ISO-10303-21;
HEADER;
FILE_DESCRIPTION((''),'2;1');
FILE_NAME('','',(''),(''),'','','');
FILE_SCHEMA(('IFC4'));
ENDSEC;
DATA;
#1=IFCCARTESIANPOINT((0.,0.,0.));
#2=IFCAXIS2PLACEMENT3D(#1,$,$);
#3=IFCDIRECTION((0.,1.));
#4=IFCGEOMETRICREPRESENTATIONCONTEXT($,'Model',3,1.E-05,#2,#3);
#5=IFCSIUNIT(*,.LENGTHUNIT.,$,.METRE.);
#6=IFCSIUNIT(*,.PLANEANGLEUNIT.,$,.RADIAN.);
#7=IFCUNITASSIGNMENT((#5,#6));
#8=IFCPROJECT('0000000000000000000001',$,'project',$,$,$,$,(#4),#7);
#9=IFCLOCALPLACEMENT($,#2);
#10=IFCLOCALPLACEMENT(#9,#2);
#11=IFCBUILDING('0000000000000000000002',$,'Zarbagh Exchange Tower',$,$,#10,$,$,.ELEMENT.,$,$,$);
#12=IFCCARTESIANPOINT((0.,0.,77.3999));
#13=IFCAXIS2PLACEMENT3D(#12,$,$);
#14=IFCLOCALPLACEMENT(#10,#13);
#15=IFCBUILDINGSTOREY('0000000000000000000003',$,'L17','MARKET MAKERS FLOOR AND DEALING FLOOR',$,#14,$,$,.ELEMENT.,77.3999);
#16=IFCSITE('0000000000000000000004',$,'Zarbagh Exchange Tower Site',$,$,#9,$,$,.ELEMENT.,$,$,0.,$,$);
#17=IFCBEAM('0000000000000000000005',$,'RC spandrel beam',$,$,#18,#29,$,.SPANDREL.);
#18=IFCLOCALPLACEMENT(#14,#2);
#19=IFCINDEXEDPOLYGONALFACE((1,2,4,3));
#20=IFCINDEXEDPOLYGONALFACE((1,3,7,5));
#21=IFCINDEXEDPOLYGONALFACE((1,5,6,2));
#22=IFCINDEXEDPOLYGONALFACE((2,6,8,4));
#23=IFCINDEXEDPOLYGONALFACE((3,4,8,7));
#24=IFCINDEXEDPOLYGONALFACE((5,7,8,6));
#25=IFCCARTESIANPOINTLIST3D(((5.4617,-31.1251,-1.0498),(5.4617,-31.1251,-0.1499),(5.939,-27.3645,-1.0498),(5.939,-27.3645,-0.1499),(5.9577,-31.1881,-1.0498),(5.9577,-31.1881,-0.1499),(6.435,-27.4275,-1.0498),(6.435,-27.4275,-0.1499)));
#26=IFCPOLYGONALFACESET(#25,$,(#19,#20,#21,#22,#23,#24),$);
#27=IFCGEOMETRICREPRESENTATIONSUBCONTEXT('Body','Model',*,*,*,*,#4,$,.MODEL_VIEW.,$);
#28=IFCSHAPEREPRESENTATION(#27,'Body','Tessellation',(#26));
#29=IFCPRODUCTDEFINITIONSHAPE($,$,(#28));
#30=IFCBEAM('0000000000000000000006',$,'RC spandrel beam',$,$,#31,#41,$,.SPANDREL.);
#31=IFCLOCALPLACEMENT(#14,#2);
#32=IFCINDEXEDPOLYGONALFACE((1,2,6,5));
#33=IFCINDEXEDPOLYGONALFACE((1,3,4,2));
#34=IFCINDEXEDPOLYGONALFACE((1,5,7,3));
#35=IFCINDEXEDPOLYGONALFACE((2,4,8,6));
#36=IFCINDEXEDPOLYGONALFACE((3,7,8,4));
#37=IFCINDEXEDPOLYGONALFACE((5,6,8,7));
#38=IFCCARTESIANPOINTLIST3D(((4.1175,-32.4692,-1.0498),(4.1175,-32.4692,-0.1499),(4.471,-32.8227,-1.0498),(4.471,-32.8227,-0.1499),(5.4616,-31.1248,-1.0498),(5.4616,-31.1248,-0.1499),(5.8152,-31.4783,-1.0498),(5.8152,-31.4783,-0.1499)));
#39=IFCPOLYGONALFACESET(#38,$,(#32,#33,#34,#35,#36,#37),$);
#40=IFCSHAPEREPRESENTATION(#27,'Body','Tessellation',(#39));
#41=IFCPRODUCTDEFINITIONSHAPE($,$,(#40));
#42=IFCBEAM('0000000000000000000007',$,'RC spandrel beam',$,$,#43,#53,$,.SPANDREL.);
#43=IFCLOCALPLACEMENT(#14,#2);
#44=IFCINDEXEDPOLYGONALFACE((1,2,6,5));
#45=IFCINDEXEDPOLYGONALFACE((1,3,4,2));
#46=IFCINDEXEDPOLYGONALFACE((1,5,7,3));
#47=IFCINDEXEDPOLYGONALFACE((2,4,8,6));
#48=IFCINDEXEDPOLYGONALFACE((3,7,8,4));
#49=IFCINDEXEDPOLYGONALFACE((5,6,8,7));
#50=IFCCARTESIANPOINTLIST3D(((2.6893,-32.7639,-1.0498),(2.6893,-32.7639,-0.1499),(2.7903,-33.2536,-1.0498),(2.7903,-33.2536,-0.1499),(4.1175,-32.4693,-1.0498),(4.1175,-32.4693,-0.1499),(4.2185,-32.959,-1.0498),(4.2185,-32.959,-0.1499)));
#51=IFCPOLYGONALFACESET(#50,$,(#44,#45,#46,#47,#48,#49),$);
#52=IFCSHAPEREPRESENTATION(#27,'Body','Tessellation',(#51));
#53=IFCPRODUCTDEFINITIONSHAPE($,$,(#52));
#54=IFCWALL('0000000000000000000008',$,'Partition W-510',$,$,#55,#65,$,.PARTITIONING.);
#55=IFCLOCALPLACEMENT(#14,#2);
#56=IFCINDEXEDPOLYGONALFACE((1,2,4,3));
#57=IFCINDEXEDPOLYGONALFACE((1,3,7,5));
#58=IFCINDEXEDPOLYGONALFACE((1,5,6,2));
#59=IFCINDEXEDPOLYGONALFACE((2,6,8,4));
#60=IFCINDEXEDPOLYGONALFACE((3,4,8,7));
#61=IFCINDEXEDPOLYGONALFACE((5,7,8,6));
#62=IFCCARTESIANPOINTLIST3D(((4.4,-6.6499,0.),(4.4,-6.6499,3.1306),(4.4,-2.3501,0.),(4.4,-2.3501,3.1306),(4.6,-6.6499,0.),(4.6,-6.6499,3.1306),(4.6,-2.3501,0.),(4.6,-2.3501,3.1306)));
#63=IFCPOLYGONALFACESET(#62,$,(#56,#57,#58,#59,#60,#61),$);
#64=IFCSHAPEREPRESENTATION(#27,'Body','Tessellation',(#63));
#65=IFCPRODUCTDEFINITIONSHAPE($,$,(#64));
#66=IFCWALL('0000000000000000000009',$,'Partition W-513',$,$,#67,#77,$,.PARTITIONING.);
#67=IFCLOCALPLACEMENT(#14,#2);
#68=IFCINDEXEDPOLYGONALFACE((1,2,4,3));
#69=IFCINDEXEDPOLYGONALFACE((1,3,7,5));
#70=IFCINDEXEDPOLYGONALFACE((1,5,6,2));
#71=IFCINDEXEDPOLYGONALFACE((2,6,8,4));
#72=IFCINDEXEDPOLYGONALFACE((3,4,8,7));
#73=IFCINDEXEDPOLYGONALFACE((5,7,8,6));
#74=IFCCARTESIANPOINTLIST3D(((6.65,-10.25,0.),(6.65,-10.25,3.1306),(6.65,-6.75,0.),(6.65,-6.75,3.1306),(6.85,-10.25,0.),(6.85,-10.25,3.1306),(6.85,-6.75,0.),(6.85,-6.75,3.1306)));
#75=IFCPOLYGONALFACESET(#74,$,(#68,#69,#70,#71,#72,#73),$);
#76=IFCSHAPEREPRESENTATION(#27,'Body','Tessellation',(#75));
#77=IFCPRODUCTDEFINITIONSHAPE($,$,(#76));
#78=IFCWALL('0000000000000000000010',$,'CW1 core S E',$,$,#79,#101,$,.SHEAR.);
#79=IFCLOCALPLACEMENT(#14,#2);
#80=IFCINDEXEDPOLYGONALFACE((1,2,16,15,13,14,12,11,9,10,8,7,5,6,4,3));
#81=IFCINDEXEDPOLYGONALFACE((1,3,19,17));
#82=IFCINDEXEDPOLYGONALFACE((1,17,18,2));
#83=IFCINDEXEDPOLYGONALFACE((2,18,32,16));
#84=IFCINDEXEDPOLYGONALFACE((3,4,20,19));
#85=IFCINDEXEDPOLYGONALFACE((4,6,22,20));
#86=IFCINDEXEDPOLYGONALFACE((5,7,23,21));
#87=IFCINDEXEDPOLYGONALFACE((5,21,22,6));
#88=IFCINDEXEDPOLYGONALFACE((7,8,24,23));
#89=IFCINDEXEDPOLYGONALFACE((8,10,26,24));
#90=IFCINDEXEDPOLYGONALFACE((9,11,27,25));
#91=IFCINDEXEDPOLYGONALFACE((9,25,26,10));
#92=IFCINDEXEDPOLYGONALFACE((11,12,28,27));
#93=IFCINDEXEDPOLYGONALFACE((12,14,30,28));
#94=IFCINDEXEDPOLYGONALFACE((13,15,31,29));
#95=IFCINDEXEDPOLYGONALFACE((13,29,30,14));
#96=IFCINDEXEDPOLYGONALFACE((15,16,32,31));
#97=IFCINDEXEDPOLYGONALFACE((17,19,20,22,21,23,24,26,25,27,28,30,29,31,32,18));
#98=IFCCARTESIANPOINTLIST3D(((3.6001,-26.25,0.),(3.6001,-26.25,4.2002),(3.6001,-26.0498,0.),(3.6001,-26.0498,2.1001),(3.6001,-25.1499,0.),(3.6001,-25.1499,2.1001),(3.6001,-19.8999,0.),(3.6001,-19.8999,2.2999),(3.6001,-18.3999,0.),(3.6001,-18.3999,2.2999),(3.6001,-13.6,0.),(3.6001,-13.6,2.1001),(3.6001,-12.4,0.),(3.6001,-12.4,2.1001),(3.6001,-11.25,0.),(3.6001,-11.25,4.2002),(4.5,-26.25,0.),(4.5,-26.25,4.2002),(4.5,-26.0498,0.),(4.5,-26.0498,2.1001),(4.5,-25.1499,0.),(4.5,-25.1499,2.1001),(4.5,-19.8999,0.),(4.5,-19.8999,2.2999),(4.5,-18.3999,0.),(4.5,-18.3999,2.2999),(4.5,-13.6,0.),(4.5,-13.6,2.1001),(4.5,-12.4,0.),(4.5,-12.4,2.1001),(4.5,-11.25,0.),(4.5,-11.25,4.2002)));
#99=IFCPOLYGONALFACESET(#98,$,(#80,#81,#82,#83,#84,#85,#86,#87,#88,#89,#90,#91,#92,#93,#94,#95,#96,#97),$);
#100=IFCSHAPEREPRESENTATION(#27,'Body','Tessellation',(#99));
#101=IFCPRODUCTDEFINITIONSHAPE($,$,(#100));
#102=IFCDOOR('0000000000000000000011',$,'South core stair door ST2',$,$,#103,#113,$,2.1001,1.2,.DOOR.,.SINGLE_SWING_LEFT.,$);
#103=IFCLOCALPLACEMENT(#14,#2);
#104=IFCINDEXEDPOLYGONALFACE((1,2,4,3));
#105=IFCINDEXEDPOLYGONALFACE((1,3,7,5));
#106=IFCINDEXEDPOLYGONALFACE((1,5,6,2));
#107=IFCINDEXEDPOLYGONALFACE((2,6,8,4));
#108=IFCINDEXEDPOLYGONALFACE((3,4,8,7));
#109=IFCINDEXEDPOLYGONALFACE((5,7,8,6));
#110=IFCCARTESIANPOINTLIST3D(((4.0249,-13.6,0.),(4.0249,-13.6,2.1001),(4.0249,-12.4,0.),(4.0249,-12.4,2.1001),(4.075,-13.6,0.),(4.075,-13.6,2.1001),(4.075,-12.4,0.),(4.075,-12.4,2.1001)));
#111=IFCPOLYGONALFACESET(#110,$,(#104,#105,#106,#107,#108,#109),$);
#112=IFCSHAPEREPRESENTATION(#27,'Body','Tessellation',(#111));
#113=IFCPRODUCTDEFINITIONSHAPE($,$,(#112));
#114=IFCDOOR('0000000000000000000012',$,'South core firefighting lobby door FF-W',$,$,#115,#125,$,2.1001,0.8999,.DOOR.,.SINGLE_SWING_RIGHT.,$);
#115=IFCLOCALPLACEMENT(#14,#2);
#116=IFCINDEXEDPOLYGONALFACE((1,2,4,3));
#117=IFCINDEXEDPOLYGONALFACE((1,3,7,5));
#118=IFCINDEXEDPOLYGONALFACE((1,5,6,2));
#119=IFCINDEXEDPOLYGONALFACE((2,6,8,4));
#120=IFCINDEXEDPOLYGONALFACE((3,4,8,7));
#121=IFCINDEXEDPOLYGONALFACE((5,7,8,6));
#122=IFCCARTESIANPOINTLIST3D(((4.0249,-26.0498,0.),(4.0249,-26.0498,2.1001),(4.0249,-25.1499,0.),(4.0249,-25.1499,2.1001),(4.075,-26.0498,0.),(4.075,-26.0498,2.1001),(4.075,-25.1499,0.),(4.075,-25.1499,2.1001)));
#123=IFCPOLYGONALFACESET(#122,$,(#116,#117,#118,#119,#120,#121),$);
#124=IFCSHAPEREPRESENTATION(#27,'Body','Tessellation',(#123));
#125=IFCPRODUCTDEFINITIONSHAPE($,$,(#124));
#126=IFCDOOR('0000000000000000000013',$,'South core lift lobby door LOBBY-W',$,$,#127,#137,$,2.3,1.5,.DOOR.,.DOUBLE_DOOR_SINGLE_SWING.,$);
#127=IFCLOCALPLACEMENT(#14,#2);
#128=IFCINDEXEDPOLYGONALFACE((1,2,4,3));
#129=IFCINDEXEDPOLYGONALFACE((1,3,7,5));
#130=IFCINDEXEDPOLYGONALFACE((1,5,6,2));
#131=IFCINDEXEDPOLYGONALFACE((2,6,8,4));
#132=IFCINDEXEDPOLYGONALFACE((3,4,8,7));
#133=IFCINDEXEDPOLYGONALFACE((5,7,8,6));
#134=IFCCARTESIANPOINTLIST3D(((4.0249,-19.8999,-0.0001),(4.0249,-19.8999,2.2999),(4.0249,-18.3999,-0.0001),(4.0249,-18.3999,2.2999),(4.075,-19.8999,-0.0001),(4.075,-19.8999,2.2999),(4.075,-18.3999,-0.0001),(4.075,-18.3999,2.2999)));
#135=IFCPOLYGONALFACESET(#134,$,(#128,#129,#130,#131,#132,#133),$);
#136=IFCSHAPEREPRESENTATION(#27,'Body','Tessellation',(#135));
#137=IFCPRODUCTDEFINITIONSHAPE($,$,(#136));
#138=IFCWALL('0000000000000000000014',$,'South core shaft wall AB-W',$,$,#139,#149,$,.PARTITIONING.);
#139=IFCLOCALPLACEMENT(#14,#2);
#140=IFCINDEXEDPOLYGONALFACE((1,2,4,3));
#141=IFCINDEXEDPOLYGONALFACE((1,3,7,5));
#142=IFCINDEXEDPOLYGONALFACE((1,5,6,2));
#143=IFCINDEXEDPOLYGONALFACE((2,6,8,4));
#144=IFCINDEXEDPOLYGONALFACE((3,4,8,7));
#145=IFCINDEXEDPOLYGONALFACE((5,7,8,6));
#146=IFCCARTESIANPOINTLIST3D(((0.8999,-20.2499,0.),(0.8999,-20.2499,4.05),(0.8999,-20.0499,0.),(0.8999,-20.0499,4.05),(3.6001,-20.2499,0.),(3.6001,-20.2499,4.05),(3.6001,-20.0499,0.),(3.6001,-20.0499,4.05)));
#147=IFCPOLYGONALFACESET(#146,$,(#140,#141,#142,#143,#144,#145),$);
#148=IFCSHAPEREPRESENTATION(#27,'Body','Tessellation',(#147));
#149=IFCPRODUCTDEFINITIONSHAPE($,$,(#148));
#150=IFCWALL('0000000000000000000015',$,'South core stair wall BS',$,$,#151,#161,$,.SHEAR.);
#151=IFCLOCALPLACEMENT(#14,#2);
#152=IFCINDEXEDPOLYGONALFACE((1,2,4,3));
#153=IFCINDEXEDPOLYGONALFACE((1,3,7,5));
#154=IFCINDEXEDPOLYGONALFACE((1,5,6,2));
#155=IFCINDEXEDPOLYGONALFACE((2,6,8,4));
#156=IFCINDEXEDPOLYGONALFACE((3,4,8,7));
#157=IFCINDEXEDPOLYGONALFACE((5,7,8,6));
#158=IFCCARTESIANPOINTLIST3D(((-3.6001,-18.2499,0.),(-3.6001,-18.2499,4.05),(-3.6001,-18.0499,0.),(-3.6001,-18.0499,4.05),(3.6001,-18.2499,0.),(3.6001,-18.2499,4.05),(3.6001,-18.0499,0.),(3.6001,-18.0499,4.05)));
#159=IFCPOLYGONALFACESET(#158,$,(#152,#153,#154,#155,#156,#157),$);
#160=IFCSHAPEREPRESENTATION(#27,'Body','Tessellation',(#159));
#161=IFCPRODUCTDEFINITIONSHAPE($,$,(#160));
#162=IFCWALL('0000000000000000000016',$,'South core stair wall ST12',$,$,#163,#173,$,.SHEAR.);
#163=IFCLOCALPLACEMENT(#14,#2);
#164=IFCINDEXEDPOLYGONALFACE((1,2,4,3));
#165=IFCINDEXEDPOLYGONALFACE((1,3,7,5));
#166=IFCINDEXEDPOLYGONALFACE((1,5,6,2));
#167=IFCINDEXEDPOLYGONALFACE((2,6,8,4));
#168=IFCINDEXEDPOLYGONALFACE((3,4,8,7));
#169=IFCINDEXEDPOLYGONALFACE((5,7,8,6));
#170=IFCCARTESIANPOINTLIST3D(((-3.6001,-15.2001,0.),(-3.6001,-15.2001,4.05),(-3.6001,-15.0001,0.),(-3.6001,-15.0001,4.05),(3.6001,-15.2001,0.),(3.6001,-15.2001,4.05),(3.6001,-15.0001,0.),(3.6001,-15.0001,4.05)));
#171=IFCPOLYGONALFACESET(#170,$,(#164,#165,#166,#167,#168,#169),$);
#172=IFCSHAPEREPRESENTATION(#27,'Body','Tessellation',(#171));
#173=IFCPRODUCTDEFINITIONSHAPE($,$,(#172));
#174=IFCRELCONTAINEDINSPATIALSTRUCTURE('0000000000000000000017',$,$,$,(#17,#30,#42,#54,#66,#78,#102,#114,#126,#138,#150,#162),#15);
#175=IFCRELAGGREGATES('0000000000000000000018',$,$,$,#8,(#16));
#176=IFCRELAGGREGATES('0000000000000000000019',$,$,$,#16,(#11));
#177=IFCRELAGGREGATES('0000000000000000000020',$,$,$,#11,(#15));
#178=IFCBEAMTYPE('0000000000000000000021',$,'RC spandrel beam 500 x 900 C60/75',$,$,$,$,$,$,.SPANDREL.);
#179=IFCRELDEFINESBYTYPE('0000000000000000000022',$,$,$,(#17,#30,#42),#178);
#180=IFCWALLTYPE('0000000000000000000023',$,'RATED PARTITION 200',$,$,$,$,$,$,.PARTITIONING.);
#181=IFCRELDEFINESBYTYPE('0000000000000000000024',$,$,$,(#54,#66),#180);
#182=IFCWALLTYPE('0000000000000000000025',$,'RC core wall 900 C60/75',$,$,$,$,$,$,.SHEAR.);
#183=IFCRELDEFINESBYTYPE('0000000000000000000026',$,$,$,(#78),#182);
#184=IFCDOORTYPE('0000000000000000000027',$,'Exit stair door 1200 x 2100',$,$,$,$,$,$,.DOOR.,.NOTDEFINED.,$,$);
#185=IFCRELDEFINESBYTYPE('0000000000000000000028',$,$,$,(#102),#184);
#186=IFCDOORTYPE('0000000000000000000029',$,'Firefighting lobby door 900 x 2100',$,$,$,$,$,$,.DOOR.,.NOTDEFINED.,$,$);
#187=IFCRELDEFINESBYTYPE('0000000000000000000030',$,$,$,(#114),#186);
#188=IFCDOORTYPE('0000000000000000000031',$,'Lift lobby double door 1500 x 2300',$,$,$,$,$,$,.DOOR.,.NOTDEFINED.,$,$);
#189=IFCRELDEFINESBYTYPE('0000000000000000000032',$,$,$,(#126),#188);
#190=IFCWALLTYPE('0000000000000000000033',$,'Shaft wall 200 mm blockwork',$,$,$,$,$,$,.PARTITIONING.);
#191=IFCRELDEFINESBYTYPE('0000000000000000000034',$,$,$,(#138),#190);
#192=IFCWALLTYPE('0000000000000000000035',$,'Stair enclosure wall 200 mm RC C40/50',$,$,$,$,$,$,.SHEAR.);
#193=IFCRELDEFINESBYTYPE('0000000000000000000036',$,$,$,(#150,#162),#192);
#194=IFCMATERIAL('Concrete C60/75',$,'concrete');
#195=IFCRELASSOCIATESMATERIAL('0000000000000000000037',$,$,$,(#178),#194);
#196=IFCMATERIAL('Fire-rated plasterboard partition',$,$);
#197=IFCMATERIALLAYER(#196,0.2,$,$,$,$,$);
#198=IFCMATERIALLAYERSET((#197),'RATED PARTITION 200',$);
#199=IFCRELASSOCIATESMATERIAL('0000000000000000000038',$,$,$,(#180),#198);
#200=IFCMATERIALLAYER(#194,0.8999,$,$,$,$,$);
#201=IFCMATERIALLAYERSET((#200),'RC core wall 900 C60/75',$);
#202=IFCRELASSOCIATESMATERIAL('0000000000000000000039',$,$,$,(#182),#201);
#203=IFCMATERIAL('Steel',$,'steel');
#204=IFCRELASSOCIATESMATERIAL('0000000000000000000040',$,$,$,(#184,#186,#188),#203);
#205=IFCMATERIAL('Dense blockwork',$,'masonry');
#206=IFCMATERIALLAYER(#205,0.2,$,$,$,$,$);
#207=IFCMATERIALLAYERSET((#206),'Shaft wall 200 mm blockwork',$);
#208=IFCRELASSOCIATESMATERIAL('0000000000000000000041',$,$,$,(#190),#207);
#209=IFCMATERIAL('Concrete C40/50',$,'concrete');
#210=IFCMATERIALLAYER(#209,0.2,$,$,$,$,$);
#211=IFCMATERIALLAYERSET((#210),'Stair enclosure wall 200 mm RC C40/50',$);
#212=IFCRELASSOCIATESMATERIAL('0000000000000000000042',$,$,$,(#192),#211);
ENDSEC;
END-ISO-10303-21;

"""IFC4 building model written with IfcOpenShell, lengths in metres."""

from ifc_helpers import new_model, si_unit, direction, frame, frame_2d, origin, origin_2d, place, context, subcontext, project, spatial, rectangle, extrude, material, layer, layer_set, material_profile, profile_set, type_object, element, fill, save


model = new_model("IFC4")

# Units and contexts
model_context = context("Model", 3, precision=1e-05, world=origin(), true_north=direction((0.0, 1.0)))
body_context = subcontext(model_context, "Body", "Model", "MODEL_VIEW")
ifc_project = project(units=[si_unit("LENGTHUNIT", "METRE"), si_unit("PLANEANGLEUNIT", "RADIAN")], contexts=[model_context])

# Site, building, storey
site_placement = place(None, origin())
site = spatial("IfcSite", under=ifc_project, at=site_placement, Name="Zarbagh Exchange Tower Site", CompositionType="ELEMENT", RefElevation=0.0)
building_placement = place(site_placement, origin())
building = spatial("IfcBuilding", under=site, at=building_placement, Name="Zarbagh Exchange Tower", CompositionType="ELEMENT")
storey_placement = place(building_placement, frame((0.0, 0.0, 77.3999)))
storey = spatial("IfcBuildingStorey", under=building, at=storey_placement, Name="L17", Description="MARKET MAKERS FLOOR AND DEALING FLOOR", CompositionType="ELEMENT", Elevation=77.3999)

# Shared definitions
ifc_material_1 = material(Name="Concrete C60/75", Category="concrete")

# Beams
ifc_material_profile_1 = material_profile(ifc_material_1, rectangle(XDim=0.5, YDim=0.8999, at=origin_2d()), Name="RC spandrel beam 500 x 900 C60/75")
ifc_profile_set_1 = profile_set([ifc_material_profile_1], Name="Concrete C60/75")
beam_type_1 = type_object("IfcBeamType", Name="RC spandrel beam 500 x 900 C60/75", PredefinedType="SPANDREL", material=ifc_profile_set_1)
beam_1_placement = place(storey_placement, frame((6.187, -27.396, -0.5999), z_axis=(-0.125913, -0.992041, 0.0), x_axis=(0.992041, -0.125913, 0.0)))
element("IfcBeam", 1, at=beam_1_placement, inside=storey, type_object=beam_type_1, Name="RC spandrel beam", PredefinedType="SPANDREL", context=body_context, shape_type="SweptSolid", body=[
    extrude(rectangle(XDim=0.5, YDim=0.8999, at=origin_2d()), origin(), (0.0, 0.0, 1.0), 3.7908),
])
beam_2_placement = place(storey_placement, frame((5.6384, -31.3015, -0.5999), z_axis=(-0.707043, -0.707171, 0.0), x_axis=(0.707171, -0.707043, 0.0)))
element("IfcBeam", 2, at=beam_2_placement, inside=storey, type_object=beam_type_1, Name="RC spandrel beam", PredefinedType="SPANDREL", context=body_context, shape_type="SweptSolid", body=[
    extrude(rectangle(XDim=0.5, YDim=0.8999, at=origin_2d()), origin(), (0.0, 0.0, 1.0), 1.9011),
])
beam_3_placement = place(storey_placement, frame((4.168, -32.7141, -0.5999), z_axis=(-0.979371, -0.202069, 0.0), x_axis=(0.202069, -0.979371, 0.0)))
element("IfcBeam", 3, at=beam_3_placement, inside=storey, type_object=beam_type_1, Name="RC spandrel beam", PredefinedType="SPANDREL", context=body_context, shape_type="SweptSolid", body=[
    extrude(rectangle(XDim=0.5, YDim=0.8999, at=origin_2d()), origin(), (0.0, 0.0, 1.0), 1.4583),
])

# Walls
ifc_material_2 = material(Name="Fire-rated plasterboard partition")
ifc_layer_1 = layer(ifc_material_2, 0.2)
ifc_layer_set_1 = layer_set([ifc_layer_1], Name="RATED PARTITION 200")
wall_type_1 = type_object("IfcWallType", Name="RATED PARTITION 200", PredefinedType="PARTITIONING", material=ifc_layer_set_1)
wall_1_placement = place(storey_placement, frame((4.5, -6.6499, 0.0), z_axis=(0.0, 0.0, 1.0), x_axis=(0.0, 1.0, 0.0)))
element("IfcWall", 4, at=wall_1_placement, inside=storey, type_object=wall_type_1, Name="Partition W-510", PredefinedType="PARTITIONING", context=body_context, shape_type="SweptSolid", body=[
    extrude(rectangle(XDim=4.2998, YDim=0.2, at=frame_2d((2.1499, 0.0))), origin(), (0.0, 0.0, 1.0), 3.1306),
])
wall_2_placement = place(storey_placement, frame((6.75, -10.25, 0.0), z_axis=(0.0, 0.0, 1.0), x_axis=(0.0, 1.0, 0.0)))
element("IfcWall", 5, at=wall_2_placement, inside=storey, type_object=wall_type_1, Name="Partition W-513", PredefinedType="PARTITIONING", context=body_context, shape_type="SweptSolid", body=[
    extrude(rectangle(XDim=3.5, YDim=0.2, at=frame_2d((1.75, 0.0))), origin(), (0.0, 0.0, 1.0), 3.1306),
])

# Wall, openings, doors
ifc_layer_2 = layer(ifc_material_1, 0.8999)
ifc_layer_set_2 = layer_set([ifc_layer_2], Name="RC core wall 900 C60/75")
wall_type_2 = type_object("IfcWallType", Name="RC core wall 900 C60/75", PredefinedType="SHEAR", material=ifc_layer_set_2)
wall_3_placement = place(storey_placement, frame((4.05, -11.25, 0.0), z_axis=(0.0, 0.0, 1.0), x_axis=(0.0, -1.0, 0.0)))
wall_3 = element("IfcWall", 6, at=wall_3_placement, inside=storey, type_object=wall_type_2, Name="CW1 core S E", PredefinedType="SHEAR", context=body_context, shape_type="SweptSolid", body=[
    extrude(rectangle(XDim=15.0, YDim=0.8999, at=frame_2d((7.5, 0.0))), origin(), (0.0, 0.0, 1.0), 4.2002),
])
opening_1_placement = place(wall_3_placement, frame((7.1499, 0.0, 0.0)))
opening_1 = element("IfcOpeningElement", 7, at=opening_1_placement, cuts=wall_3, PredefinedType="OPENING", context=body_context, shape_type="SweptSolid", body=[
    extrude(rectangle(XDim=1.5, YDim=2.3, at=frame_2d((0.75, 1.1499))), frame((0.0, 0.46, 0.0), z_axis=(0.0, -1.0, 0.0), x_axis=(1.0, 0.0, 0.0)), (0.0, 0.0, 1.0), 0.9199),
])
opening_2_placement = place(wall_3_placement, frame((13.8999, 0.0, 0.0)))
opening_2 = element("IfcOpeningElement", 8, at=opening_2_placement, cuts=wall_3, PredefinedType="OPENING", context=body_context, shape_type="SweptSolid", body=[
    extrude(rectangle(XDim=0.8999, YDim=2.1001, at=frame_2d((0.45, 1.05))), frame((0.0, 0.46, 0.0), z_axis=(0.0, -1.0, 0.0), x_axis=(1.0, 0.0, 0.0)), (0.0, 0.0, 1.0), 0.9199),
])
opening_3_placement = place(wall_3_placement, frame((1.1499, 0.0, 0.0)))
opening_3 = element("IfcOpeningElement", 9, at=opening_3_placement, cuts=wall_3, PredefinedType="OPENING", context=body_context, shape_type="SweptSolid", body=[
    extrude(rectangle(XDim=1.2, YDim=2.1001, at=frame_2d((0.6001, 1.05))), frame((0.0, 0.46, 0.0), z_axis=(0.0, -1.0, 0.0), x_axis=(1.0, 0.0, 0.0)), (0.0, 0.0, 1.0), 0.9199),
])
ifc_material_3 = material(Name="Steel", Category="steel")
door_type_1 = type_object("IfcDoorType", Name="Exit stair door 1200 x 2100", OperationType="NOTDEFINED", PredefinedType="DOOR", material=ifc_material_3)
door_1_placement = place(opening_3_placement, origin())
door_1 = element("IfcDoor", 10, at=door_1_placement, inside=storey, type_object=door_type_1, Name="South core stair door ST2", OperationType="SINGLE_SWING_LEFT", OverallHeight=2.1001, OverallWidth=1.2, PredefinedType="DOOR", context=body_context, shape_type="SweptSolid", body=[
    extrude(rectangle(XDim=1.2, YDim=2.1001, at=frame_2d((0.6001, 1.05))), frame((0.0, 0.0249, 0.0), z_axis=(0.0, -1.0, 0.0), x_axis=(1.0, 0.0, 0.0)), (0.0, 0.0, 1.0), 0.05),
])
fill(opening_3, door_1)
door_type_2 = type_object("IfcDoorType", Name="Firefighting lobby door 900 x 2100", OperationType="NOTDEFINED", PredefinedType="DOOR", material=ifc_material_3)
door_2_placement = place(opening_2_placement, origin())
door_2 = element("IfcDoor", 11, at=door_2_placement, inside=storey, type_object=door_type_2, Name="South core firefighting lobby door FF-W", OperationType="SINGLE_SWING_RIGHT", OverallHeight=2.1001, OverallWidth=0.8999, PredefinedType="DOOR", context=body_context, shape_type="SweptSolid", body=[
    extrude(rectangle(XDim=0.8999, YDim=2.1001, at=frame_2d((0.45, 1.05))), frame((0.0, 0.0249, 0.0), z_axis=(0.0, -1.0, 0.0), x_axis=(1.0, 0.0, 0.0)), (0.0, 0.0, 1.0), 0.05),
])
fill(opening_2, door_2)
door_type_3 = type_object("IfcDoorType", Name="Lift lobby double door 1500 x 2300", OperationType="NOTDEFINED", PredefinedType="DOOR", material=ifc_material_3)
door_3_placement = place(opening_1_placement, origin())
door_3 = element("IfcDoor", 12, at=door_3_placement, inside=storey, type_object=door_type_3, Name="South core lift lobby door LOBBY-W", OperationType="DOUBLE_DOOR_SINGLE_SWING", OverallHeight=2.3, OverallWidth=1.5, PredefinedType="DOOR", context=body_context, shape_type="SweptSolid", body=[
    extrude(rectangle(XDim=1.5, YDim=2.3, at=frame_2d((0.75, 1.1499))), frame((0.0, 0.0249, 0.0), z_axis=(0.0, -1.0, 0.0), x_axis=(1.0, 0.0, 0.0)), (0.0, 0.0, 1.0), 0.05),
])
fill(opening_1, door_3)

# Walls
ifc_material_4 = material(Name="Dense blockwork", Category="masonry")
ifc_layer_3 = layer(ifc_material_4, 0.2)
ifc_layer_set_3 = layer_set([ifc_layer_3], Name="Shaft wall 200 mm blockwork")
wall_type_3 = type_object("IfcWallType", Name="Shaft wall 200 mm blockwork", PredefinedType="PARTITIONING", material=ifc_layer_set_3)
wall_4_placement = place(storey_placement, frame((3.6001, -20.1499, 0.0), z_axis=(0.0, 0.0, 1.0), x_axis=(-1.0, 0.0, 0.0)))
element("IfcWall", 13, at=wall_4_placement, inside=storey, type_object=wall_type_3, Name="South core shaft wall AB-W", PredefinedType="PARTITIONING", context=body_context, shape_type="SweptSolid", body=[
    extrude(rectangle(XDim=2.7002, YDim=0.2, at=frame_2d((1.3501, 0.0))), origin(), (0.0, 0.0, 1.0), 4.05),
])
ifc_material_5 = material(Name="Concrete C40/50", Category="concrete")
ifc_layer_4 = layer(ifc_material_5, 0.2)
ifc_layer_set_4 = layer_set([ifc_layer_4], Name="Stair enclosure wall 200 mm RC C40/50")
wall_type_4 = type_object("IfcWallType", Name="Stair enclosure wall 200 mm RC C40/50", PredefinedType="SHEAR", material=ifc_layer_set_4)
for number, where, z_axis, x_axis, name in (
    (14, (3.6001, -18.1499, 0.0), (0.0, 0.0, 1.0), (-1.0, 0.0, 0.0), "South core stair wall BS"),
    (15, (3.6001, -15.1001, 0.0), (0.0, 0.0, 1.0), (-1.0, 0.0, 0.0), "South core stair wall ST12"),
):
    element("IfcWall", number, at=place(storey_placement, frame(where, z_axis=z_axis, x_axis=x_axis)), inside=storey, type_object=wall_type_4, Name=name, PredefinedType="SHEAR", context=body_context, shape_type="SweptSolid", body=[
        extrude(rectangle(XDim=7.2002, YDim=0.2, at=frame_2d((3.6001, 0.0))), origin(), (0.0, 0.0, 1.0), 4.05),
    ])

save(model, "model.ifc")
